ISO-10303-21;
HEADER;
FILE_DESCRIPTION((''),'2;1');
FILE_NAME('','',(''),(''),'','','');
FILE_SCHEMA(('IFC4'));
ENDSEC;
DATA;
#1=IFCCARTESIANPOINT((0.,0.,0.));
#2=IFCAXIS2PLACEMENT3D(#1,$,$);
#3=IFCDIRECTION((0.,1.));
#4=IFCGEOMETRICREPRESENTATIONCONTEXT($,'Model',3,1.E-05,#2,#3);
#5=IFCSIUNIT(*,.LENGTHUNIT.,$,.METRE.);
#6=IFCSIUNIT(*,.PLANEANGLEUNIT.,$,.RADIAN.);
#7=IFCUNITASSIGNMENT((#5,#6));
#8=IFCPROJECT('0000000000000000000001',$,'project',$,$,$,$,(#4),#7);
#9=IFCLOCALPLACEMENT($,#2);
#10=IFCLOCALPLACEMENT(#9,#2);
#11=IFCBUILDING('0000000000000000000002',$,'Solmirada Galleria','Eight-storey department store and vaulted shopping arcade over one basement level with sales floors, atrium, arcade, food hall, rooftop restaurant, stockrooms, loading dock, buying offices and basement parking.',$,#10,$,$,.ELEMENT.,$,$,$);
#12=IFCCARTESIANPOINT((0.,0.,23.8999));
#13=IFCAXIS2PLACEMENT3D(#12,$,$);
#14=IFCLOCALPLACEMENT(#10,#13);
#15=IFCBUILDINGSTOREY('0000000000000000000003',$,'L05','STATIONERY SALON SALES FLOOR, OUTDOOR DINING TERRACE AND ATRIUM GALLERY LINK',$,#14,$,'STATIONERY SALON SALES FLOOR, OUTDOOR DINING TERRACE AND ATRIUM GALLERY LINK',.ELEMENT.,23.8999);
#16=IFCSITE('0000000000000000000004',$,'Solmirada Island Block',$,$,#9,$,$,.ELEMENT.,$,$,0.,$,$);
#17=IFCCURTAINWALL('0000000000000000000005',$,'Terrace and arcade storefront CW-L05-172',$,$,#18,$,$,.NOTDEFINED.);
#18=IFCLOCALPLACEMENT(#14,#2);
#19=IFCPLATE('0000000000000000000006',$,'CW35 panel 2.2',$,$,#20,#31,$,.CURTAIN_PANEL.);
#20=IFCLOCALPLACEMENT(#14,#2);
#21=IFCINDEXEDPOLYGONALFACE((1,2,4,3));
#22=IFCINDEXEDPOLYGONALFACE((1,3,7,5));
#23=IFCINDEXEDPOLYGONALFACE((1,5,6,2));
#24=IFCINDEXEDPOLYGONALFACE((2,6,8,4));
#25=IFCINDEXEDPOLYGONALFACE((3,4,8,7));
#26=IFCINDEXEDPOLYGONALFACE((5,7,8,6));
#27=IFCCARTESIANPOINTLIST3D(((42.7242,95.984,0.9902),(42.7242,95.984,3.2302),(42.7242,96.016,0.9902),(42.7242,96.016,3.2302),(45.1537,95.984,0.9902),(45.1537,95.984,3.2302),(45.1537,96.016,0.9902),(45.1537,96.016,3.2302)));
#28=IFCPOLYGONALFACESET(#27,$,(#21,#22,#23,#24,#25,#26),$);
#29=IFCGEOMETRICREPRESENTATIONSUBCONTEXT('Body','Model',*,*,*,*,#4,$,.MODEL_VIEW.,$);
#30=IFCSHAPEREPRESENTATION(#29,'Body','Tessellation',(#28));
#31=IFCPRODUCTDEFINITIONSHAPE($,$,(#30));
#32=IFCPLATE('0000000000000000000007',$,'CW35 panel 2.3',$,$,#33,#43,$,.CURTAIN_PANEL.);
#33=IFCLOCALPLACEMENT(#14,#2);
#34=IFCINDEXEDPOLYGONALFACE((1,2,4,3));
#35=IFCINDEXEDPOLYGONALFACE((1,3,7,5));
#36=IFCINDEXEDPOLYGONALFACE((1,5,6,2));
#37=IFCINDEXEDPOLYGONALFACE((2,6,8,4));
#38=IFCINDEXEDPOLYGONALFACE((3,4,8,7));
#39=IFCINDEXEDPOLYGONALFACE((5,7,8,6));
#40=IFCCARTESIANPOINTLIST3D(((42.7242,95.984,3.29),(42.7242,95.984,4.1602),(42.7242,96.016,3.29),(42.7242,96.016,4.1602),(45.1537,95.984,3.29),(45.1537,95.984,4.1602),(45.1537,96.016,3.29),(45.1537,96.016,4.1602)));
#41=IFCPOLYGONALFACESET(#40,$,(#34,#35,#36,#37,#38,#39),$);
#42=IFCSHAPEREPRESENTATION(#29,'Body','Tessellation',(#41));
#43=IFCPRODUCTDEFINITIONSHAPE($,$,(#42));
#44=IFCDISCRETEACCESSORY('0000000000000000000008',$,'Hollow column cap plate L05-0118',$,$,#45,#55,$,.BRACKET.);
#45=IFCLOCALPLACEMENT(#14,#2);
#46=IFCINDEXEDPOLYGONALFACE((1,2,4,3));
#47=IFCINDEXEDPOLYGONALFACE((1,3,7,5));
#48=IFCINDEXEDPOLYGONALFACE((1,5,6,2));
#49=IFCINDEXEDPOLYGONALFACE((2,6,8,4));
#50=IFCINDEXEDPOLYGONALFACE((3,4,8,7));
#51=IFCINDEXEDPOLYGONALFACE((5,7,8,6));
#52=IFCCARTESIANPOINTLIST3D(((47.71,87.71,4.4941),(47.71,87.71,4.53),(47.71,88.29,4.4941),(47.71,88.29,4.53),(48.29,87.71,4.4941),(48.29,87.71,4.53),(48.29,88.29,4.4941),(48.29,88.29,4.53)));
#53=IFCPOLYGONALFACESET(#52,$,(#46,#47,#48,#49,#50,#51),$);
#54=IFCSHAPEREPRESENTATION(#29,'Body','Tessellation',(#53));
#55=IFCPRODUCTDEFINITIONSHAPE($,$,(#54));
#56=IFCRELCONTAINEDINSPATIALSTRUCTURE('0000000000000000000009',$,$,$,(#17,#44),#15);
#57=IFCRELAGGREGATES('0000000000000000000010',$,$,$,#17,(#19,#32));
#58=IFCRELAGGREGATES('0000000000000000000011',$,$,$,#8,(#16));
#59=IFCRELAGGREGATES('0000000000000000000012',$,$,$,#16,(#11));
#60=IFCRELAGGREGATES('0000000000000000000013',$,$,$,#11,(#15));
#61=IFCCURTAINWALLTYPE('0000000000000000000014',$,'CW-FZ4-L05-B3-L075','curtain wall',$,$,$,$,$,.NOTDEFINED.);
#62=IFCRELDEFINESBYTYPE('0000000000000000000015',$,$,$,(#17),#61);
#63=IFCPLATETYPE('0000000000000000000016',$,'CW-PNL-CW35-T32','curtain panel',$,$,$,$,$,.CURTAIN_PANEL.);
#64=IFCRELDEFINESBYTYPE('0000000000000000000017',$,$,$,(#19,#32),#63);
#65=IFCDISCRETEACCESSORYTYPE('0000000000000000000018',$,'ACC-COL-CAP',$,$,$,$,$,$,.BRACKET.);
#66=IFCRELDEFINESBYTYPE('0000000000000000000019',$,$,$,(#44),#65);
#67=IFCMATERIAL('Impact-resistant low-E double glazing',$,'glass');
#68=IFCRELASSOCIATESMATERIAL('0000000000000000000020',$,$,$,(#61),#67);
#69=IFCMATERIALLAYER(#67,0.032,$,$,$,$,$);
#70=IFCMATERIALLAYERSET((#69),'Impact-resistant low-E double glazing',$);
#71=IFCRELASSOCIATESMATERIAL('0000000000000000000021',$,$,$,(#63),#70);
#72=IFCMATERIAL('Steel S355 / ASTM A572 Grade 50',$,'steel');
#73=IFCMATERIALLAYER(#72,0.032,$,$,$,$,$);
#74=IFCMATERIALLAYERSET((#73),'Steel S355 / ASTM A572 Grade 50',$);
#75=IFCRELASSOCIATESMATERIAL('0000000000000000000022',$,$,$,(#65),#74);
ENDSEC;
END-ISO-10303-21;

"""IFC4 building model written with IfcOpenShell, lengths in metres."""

from ifc_helpers import new_model, si_unit, direction, frame, origin, origin_2d, place, context, subcontext, project, spatial, rectangle, extrude, material, layer, layer_set, type_object, element, aggregate, save


model = new_model("IFC4")

# Units and contexts
model_context = context("Model", 3, precision=1e-05, world=origin(), true_north=direction((0.0, 1.0)))
body_context = subcontext(model_context, "Body", "Model", "MODEL_VIEW")
ifc_project = project(units=[si_unit("LENGTHUNIT", "METRE"), si_unit("PLANEANGLEUNIT", "RADIAN")], contexts=[model_context])

# Site, building, storey
site_placement = place(None, origin())
site = spatial("IfcSite", under=ifc_project, at=site_placement, Name="Solmirada Island Block", CompositionType="ELEMENT", RefElevation=0.0)
building_placement = place(site_placement, origin())
building = spatial("IfcBuilding", under=site, at=building_placement, Name="Solmirada Galleria", Description="Eight-storey department store and vaulted shopping arcade over one basement level with sales floors, atrium, arcade, food hall, rooftop restaurant, stockrooms, loading dock, buying offices and basement parking.", CompositionType="ELEMENT")
storey_placement = place(building_placement, frame((0.0, 0.0, 23.8999)))
storey = spatial("IfcBuildingStorey", under=building, at=storey_placement, Name="L05", Description="STATIONERY SALON SALES FLOOR, OUTDOOR DINING TERRACE AND ATRIUM GALLERY LINK", LongName="STATIONERY SALON SALES FLOOR, OUTDOOR DINING TERRACE AND ATRIUM GALLERY LINK", CompositionType="ELEMENT", Elevation=23.8999)

# Shared definitions
ifc_material_1 = material(Name="Steel S355 / ASTM A572 Grade 50", Category="steel")

# Shared definitions
ifc_material_2 = material(Name="Impact-resistant low-E double glazing", Category="glass")

# Curtain wall, plates
curtain_wall_type_1 = type_object("IfcCurtainWallType", Name="CW-FZ4-L05-B3-L075", Description="curtain wall", PredefinedType="NOTDEFINED", material=ifc_material_2)
curtain_wall_1_placement = place(storey_placement, origin())
curtain_wall_1 = element("IfcCurtainWall", 1, at=curtain_wall_1_placement, inside=storey, type_object=curtain_wall_type_1, Name="Terrace and arcade storefront CW-L05-172", PredefinedType="NOTDEFINED")
ifc_layer_1 = layer(ifc_material_2, 0.032)
ifc_layer_set_1 = layer_set([ifc_layer_1], Name="Impact-resistant low-E double glazing")
plate_type = type_object("IfcPlateType", Name="CW-PNL-CW35-T32", Description="curtain panel", PredefinedType="CURTAIN_PANEL", material=ifc_layer_set_1)
plate_1_placement = place(storey_placement, frame((43.939, 96.0, 0.9902), z_axis=(0.0, 0.0, 1.0), x_axis=(-1.0, 0.0, 0.0)))
plate_1 = element("IfcPlate", 2, at=plate_1_placement, type_object=plate_type, Name="CW35 panel 2.2", PredefinedType="CURTAIN_PANEL", context=body_context, shape_type="SweptSolid", body=[
    extrude(rectangle(XDim=2.4294, YDim=0.032, at=origin_2d()), origin(), (0.0, 0.0, 1.0), 2.24),
])
plate_2_placement = place(storey_placement, frame((43.939, 96.0, 3.29), z_axis=(0.0, 0.0, 1.0), x_axis=(-1.0, 0.0, 0.0)))
plate_2 = element("IfcPlate", 3, at=plate_2_placement, type_object=plate_type, Name="CW35 panel 2.3", PredefinedType="CURTAIN_PANEL", context=body_context, shape_type="SweptSolid", body=[
    extrude(rectangle(XDim=2.4294, YDim=0.032, at=origin_2d()), origin(), (0.0, 0.0, 1.0), 0.8701),
])
aggregate(curtain_wall_1, [plate_1, plate_2])

# Discrete accessory
ifc_layer_2 = layer(ifc_material_1, 0.032)
ifc_layer_set_2 = layer_set([ifc_layer_2], Name="Steel S355 / ASTM A572 Grade 50")
discrete_accessory_type = type_object("IfcDiscreteAccessoryType", Name="ACC-COL-CAP", PredefinedType="BRACKET", material=ifc_layer_set_2)
discrete_accessory_placement = place(storey_placement, frame((48.0, 88.0, 4.4941), z_axis=(0.0, 0.0, 1.0), x_axis=(1.0, 0.0, 0.0)))
element("IfcDiscreteAccessory", 4, at=discrete_accessory_placement, inside=storey, type_object=discrete_accessory_type, Name="Hollow column cap plate L05-0118", PredefinedType="BRACKET", context=body_context, shape_type="SweptSolid", body=[
    extrude(rectangle(XDim=0.5801, YDim=0.5801, at=origin_2d()), origin(), (0.0, 0.0, 1.0), 0.0359),
])

save(model, "model.ifc")
